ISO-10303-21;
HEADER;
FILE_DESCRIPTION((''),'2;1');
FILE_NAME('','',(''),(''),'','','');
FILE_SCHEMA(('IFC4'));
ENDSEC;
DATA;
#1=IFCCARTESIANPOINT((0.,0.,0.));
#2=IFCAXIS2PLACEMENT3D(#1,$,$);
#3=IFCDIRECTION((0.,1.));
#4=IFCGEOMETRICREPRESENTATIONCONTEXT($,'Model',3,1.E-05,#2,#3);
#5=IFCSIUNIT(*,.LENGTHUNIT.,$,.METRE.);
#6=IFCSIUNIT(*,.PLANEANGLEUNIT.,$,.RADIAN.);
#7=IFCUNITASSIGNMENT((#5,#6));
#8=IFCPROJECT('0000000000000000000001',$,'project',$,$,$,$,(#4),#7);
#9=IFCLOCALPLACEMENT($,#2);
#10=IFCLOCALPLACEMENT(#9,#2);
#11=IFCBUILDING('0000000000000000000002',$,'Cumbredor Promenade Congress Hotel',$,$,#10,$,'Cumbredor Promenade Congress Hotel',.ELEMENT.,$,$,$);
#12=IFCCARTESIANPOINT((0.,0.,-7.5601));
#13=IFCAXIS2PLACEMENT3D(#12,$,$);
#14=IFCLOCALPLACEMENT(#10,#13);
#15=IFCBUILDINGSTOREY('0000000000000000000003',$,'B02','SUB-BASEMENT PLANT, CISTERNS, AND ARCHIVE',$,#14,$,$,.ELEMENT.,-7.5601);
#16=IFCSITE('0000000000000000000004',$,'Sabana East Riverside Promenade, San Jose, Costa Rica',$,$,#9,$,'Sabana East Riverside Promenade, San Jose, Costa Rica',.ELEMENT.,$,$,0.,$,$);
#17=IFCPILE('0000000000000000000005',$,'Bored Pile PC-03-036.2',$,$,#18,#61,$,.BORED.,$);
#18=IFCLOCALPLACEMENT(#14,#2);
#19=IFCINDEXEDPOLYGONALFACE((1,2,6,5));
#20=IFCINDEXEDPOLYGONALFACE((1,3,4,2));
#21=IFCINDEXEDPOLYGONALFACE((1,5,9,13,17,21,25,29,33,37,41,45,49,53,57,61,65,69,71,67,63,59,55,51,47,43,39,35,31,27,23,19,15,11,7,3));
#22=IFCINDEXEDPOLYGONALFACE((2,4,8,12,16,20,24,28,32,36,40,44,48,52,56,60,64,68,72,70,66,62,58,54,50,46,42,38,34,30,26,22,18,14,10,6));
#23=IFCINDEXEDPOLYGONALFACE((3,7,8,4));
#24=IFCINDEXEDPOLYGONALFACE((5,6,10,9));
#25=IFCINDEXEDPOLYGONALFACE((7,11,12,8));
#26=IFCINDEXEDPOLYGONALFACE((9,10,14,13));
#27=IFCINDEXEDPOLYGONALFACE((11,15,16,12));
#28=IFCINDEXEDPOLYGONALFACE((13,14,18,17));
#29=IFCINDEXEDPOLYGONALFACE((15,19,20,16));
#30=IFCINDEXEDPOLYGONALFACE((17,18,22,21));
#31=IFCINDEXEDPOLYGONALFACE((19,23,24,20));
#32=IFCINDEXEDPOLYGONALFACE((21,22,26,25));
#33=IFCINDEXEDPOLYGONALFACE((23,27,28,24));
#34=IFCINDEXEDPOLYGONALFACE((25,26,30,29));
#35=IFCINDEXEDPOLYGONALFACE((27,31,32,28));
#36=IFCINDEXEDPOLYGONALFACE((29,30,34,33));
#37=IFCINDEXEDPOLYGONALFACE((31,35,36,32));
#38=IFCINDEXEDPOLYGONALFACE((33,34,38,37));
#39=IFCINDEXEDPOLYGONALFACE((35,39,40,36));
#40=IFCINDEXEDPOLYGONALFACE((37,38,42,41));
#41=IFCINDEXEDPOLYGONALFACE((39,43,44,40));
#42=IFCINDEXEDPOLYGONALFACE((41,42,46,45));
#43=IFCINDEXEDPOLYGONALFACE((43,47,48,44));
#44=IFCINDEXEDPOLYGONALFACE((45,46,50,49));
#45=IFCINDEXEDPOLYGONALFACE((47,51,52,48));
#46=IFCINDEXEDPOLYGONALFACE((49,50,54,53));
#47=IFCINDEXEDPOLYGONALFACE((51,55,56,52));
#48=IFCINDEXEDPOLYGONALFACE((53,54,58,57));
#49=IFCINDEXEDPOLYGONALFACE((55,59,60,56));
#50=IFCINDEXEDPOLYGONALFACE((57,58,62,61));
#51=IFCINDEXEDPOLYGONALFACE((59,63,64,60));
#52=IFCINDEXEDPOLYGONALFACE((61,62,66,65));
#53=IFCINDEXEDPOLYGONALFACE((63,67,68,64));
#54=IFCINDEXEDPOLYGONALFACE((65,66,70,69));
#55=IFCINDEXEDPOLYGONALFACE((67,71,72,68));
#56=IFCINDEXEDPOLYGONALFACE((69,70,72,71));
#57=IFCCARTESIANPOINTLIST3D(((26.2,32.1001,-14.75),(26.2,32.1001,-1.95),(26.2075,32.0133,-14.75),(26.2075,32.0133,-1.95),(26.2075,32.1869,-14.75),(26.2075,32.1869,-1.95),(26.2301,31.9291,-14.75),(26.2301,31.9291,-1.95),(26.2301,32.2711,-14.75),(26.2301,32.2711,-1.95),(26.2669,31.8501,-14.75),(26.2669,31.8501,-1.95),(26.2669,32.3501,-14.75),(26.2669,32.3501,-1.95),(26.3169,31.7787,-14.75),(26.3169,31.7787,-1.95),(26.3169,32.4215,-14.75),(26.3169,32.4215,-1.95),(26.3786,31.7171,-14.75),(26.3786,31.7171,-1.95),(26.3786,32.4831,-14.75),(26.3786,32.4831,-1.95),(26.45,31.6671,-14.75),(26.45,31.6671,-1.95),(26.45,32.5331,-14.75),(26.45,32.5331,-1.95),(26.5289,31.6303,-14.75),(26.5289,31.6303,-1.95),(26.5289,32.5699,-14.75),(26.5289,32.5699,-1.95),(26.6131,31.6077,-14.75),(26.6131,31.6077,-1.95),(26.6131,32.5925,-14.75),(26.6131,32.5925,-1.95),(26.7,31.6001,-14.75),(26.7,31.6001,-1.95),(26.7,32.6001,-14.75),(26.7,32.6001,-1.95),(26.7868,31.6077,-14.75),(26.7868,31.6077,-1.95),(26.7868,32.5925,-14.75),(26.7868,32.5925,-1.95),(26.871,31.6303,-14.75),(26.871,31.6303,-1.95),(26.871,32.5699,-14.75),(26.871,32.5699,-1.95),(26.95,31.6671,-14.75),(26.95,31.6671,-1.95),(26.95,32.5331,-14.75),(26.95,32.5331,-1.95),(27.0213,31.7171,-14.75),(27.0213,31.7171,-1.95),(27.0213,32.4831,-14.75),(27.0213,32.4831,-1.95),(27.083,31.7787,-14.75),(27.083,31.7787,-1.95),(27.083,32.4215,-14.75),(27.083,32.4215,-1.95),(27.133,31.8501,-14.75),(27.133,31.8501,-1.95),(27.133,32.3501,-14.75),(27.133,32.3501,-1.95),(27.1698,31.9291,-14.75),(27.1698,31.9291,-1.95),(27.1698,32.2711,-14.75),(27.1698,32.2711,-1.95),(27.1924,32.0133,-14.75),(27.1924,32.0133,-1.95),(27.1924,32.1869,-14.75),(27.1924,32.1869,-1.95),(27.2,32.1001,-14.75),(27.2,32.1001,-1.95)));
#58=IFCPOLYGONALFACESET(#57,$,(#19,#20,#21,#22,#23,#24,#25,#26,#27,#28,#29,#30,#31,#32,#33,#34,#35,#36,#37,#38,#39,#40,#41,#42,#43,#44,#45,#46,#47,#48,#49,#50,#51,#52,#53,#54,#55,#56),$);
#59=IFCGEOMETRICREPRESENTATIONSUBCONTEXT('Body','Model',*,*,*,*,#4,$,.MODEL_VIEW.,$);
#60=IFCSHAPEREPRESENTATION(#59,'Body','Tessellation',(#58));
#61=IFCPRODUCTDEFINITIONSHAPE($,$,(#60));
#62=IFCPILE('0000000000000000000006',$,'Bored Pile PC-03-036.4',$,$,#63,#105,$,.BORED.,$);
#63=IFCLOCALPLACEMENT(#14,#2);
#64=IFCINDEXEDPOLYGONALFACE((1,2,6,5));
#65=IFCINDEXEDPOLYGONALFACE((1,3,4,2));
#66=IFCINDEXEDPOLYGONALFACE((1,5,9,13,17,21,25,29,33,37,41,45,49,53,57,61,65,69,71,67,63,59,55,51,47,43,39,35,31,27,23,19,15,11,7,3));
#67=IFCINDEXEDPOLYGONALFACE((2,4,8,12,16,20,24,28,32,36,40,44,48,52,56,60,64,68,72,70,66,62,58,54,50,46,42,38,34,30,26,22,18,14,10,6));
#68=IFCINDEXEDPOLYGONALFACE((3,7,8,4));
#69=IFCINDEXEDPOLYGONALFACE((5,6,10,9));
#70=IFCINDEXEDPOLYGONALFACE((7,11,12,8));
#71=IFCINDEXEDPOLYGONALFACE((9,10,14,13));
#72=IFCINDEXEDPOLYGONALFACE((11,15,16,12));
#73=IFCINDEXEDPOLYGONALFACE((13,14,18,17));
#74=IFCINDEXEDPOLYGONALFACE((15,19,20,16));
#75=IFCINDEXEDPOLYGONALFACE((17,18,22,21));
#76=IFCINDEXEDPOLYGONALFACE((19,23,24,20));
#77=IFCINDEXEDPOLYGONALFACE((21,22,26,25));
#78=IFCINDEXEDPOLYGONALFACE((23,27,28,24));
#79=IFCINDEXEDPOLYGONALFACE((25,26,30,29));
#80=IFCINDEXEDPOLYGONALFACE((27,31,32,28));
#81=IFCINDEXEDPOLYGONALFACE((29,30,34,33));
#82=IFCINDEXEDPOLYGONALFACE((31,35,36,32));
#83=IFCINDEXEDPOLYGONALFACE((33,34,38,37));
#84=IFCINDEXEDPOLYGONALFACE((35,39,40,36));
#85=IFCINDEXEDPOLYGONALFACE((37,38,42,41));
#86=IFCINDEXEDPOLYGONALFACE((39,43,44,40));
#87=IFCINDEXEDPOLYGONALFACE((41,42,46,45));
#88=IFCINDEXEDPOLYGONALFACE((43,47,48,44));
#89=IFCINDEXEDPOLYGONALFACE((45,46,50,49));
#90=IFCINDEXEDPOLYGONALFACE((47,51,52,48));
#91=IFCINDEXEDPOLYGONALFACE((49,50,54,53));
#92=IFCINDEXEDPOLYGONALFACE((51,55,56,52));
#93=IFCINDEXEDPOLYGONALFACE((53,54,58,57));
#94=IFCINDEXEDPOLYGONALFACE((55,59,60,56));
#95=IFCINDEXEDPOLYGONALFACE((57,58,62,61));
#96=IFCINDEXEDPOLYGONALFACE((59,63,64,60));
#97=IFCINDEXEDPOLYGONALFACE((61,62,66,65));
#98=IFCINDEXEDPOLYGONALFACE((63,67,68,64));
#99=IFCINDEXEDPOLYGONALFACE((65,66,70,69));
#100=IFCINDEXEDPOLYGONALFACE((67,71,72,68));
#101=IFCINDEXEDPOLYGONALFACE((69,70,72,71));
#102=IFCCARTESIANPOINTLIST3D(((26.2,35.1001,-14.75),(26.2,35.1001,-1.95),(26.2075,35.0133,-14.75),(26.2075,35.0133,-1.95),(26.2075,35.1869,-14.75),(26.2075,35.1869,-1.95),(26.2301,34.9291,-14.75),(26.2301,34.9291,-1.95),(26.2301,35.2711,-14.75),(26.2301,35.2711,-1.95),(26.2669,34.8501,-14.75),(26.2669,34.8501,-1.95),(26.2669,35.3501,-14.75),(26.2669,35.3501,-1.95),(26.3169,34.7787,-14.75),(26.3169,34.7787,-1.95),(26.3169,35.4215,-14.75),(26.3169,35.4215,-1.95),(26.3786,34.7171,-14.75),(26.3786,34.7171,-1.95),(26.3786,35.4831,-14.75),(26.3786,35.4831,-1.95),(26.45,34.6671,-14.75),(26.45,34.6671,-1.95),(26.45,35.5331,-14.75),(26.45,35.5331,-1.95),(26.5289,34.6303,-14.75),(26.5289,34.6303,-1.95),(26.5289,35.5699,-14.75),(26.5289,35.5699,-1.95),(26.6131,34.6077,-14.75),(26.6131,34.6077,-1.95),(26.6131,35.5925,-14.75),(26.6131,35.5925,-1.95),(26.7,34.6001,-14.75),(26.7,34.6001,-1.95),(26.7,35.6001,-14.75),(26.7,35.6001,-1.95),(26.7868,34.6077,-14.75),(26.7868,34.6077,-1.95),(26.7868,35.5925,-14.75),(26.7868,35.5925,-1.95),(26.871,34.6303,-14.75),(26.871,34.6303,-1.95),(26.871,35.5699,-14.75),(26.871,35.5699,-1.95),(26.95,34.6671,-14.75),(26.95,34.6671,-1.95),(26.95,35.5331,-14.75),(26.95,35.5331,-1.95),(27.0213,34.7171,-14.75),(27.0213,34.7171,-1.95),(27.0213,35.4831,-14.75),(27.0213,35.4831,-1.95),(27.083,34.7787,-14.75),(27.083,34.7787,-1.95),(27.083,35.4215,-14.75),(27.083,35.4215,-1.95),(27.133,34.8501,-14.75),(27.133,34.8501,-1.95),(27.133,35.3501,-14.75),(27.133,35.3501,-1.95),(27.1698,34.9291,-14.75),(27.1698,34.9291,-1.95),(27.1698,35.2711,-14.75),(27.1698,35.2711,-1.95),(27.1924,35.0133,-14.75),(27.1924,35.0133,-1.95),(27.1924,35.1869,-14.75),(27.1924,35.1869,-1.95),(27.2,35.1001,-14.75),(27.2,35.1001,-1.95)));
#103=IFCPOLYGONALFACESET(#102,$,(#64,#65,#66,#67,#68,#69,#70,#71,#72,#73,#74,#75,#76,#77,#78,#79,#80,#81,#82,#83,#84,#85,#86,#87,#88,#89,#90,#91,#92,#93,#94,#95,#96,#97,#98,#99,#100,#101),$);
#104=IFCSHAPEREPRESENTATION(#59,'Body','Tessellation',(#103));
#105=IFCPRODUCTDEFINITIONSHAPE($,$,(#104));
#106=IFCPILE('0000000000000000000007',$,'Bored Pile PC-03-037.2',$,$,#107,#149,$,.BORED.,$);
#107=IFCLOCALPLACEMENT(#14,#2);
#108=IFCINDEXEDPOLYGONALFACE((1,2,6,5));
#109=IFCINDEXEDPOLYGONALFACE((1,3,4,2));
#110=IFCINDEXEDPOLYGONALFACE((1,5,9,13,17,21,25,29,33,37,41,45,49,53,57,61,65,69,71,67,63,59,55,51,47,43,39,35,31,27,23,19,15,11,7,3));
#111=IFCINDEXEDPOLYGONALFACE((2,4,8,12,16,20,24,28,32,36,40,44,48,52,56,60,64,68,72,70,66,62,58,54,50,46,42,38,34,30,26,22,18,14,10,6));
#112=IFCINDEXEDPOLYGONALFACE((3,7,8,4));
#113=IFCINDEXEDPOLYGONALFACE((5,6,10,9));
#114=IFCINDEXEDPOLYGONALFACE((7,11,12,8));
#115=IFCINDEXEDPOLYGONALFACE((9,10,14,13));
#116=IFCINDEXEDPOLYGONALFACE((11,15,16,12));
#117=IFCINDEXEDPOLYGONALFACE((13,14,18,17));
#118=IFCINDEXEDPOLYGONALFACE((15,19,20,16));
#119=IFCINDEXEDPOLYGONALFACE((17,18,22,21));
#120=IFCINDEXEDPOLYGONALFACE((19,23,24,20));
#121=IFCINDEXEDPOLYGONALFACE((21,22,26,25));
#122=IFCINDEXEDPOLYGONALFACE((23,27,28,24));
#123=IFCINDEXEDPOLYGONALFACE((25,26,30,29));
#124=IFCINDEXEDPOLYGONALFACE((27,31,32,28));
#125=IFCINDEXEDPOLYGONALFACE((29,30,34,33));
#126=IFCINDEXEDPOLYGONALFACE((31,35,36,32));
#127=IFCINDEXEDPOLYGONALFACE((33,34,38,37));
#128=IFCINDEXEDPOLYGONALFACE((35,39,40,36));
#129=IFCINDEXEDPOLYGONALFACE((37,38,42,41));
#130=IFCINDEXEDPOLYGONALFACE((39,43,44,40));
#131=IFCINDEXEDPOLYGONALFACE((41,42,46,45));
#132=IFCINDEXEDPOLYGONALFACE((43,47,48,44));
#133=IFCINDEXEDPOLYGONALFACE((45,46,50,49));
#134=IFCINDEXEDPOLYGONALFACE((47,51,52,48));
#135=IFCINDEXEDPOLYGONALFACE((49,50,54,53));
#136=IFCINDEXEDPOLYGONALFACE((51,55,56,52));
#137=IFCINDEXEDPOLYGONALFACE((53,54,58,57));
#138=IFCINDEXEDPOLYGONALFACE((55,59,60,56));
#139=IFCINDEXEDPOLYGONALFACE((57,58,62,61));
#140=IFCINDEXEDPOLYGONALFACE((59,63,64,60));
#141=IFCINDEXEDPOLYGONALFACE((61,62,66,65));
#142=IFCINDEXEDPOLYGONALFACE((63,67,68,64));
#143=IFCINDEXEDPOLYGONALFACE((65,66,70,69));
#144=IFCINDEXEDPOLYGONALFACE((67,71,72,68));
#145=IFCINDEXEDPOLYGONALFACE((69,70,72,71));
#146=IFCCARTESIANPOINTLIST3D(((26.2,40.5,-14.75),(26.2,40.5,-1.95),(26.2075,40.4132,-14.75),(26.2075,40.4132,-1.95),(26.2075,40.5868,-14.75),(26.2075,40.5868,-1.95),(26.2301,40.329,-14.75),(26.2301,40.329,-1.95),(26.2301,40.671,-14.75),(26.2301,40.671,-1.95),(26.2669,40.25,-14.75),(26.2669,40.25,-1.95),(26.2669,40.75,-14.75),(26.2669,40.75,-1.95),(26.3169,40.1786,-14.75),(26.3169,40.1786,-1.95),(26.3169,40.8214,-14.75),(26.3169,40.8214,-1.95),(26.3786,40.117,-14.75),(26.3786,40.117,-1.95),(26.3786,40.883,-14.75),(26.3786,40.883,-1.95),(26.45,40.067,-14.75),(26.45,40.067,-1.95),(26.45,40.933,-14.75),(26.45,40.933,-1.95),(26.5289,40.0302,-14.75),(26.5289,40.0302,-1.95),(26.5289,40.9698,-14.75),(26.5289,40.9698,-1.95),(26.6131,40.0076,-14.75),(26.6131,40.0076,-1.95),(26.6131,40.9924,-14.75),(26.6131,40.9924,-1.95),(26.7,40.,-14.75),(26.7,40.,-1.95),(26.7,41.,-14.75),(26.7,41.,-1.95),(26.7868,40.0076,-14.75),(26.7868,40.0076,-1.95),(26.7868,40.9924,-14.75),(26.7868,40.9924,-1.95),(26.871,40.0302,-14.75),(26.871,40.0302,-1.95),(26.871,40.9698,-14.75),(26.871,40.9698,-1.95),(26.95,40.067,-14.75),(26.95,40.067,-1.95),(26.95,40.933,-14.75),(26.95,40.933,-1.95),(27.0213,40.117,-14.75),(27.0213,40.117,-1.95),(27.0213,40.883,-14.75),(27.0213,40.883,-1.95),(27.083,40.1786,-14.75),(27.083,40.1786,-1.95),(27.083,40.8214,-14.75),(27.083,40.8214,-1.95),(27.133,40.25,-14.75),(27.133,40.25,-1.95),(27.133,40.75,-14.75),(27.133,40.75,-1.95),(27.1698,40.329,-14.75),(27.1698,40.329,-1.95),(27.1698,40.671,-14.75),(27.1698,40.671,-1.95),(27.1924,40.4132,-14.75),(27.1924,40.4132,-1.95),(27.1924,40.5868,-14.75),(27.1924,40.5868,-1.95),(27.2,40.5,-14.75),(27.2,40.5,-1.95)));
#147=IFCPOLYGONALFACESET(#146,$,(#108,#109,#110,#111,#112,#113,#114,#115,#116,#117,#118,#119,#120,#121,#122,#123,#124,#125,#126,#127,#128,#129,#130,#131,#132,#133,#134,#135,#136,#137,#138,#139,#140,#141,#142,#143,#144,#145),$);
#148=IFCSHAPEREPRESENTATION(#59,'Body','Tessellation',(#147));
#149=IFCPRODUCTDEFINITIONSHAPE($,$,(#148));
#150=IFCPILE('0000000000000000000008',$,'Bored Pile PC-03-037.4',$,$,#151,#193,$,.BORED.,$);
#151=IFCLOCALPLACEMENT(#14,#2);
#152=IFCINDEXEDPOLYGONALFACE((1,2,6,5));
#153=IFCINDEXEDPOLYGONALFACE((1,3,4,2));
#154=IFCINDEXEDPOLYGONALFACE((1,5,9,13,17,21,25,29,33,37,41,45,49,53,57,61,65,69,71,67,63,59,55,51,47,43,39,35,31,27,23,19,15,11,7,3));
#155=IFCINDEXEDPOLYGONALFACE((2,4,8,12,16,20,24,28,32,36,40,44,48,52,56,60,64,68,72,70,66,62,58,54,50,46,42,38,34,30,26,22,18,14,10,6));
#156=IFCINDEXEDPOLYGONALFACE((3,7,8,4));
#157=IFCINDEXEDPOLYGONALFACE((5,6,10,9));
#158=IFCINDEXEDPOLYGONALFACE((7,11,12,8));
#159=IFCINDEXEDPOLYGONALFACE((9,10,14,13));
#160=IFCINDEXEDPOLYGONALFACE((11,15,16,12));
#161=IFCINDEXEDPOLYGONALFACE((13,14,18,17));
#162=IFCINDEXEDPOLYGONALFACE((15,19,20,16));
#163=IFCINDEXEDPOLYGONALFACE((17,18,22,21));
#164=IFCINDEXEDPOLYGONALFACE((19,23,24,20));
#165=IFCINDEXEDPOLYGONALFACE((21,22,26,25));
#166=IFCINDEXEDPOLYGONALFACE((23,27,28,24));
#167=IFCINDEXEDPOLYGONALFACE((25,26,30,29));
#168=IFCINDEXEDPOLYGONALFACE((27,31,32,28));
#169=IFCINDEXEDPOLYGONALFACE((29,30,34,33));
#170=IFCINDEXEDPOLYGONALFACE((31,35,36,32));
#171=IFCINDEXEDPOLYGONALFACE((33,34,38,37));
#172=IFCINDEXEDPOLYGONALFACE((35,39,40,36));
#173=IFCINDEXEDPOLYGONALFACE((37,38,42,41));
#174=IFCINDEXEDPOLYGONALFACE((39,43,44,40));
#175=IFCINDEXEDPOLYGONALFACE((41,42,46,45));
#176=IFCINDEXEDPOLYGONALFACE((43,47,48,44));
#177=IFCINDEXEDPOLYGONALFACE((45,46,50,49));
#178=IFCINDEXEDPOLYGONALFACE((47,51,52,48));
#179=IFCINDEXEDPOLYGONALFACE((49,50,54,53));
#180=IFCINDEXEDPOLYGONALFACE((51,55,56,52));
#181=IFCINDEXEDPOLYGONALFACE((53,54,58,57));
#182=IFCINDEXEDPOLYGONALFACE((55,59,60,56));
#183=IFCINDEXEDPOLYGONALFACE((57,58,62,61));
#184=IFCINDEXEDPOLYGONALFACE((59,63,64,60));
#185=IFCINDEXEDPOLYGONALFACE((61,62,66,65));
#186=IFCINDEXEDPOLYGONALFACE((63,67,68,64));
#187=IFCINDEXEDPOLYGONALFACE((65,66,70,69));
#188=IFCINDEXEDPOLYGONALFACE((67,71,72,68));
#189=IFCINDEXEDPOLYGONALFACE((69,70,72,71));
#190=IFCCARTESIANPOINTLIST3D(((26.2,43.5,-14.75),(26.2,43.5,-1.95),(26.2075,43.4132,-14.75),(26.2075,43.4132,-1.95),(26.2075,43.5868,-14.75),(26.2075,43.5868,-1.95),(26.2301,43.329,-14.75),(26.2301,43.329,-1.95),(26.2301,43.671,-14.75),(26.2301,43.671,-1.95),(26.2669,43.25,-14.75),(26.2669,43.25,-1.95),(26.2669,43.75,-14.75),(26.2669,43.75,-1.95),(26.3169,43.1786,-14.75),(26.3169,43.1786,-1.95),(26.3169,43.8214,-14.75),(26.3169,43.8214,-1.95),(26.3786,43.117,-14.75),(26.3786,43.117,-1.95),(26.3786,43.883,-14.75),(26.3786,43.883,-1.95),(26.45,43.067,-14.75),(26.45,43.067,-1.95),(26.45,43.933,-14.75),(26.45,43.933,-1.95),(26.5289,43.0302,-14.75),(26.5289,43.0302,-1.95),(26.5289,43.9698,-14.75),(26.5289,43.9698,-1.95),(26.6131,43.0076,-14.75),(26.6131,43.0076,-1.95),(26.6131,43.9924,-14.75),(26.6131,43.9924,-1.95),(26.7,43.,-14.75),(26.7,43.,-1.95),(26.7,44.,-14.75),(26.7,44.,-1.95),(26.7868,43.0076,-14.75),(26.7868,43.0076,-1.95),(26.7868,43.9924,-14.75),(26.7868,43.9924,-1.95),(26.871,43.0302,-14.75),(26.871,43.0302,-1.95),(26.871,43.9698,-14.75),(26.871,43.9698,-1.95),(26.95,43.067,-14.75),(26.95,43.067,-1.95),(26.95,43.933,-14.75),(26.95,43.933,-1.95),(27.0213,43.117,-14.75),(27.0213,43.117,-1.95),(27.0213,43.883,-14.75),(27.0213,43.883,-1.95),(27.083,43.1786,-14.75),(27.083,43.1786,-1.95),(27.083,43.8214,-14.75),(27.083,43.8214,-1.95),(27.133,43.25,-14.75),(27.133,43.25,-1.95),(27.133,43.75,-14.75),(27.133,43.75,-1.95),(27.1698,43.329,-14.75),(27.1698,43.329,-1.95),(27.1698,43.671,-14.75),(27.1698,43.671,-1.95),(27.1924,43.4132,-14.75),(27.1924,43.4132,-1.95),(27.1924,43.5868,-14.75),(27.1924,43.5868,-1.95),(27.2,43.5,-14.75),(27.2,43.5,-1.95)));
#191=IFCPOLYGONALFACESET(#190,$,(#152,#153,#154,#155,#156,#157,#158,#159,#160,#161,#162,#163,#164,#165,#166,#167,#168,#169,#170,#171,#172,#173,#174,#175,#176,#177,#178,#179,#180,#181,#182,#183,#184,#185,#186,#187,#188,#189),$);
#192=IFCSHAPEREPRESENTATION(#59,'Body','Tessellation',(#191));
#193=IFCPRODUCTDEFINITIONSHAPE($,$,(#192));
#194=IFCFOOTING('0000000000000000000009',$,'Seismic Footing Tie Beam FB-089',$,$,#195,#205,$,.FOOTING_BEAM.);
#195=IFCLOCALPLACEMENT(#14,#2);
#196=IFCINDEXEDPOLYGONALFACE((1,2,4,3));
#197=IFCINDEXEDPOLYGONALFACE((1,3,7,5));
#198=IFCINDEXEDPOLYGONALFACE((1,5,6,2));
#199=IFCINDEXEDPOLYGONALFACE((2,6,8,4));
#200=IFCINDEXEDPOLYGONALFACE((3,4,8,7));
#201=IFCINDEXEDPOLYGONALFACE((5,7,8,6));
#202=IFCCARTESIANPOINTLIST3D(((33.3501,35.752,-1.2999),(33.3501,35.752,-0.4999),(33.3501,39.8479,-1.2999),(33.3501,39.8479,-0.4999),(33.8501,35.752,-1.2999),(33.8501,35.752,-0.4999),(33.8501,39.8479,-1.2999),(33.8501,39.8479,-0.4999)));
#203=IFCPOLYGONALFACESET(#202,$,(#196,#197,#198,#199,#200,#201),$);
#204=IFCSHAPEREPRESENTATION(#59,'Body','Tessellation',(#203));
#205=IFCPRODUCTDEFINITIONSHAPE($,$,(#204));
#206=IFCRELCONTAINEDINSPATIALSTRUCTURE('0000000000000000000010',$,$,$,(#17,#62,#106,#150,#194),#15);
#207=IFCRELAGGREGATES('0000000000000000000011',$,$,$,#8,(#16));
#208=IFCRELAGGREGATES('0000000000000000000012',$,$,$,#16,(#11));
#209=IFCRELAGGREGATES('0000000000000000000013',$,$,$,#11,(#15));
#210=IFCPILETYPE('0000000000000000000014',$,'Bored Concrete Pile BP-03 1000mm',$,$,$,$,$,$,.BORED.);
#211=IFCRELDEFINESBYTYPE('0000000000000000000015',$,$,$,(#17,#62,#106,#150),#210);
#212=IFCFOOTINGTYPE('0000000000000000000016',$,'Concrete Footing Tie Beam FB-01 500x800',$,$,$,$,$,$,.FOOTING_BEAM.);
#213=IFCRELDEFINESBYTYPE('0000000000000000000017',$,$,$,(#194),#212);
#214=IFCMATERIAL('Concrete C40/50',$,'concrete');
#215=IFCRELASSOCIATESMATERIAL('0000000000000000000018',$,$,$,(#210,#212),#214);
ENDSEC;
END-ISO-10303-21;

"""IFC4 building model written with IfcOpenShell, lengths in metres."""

from ifc_helpers import new_model, si_unit, direction, frame, origin, origin_2d, place, context, subcontext, project, spatial, rectangle, circle, extrude, material, material_profile, profile_set, type_object, element, save


model = new_model("IFC4")

# Units and contexts
model_context = context("Model", 3, precision=1e-05, world=origin(), true_north=direction((0.0, 1.0)))
body_context = subcontext(model_context, "Body", "Model", "MODEL_VIEW")
ifc_project = project(units=[si_unit("LENGTHUNIT", "METRE"), si_unit("PLANEANGLEUNIT", "RADIAN")], contexts=[model_context])

# Site, building, storey
site_placement = place(None, origin())
site = spatial("IfcSite", under=ifc_project, at=site_placement, Name="Sabana East Riverside Promenade, San Jose, Costa Rica", LongName="Sabana East Riverside Promenade, San Jose, Costa Rica", CompositionType="ELEMENT", RefElevation=0.0)
building_placement = place(site_placement, origin())
building = spatial("IfcBuilding", under=site, at=building_placement, Name="Cumbredor Promenade Congress Hotel", LongName="Cumbredor Promenade Congress Hotel", CompositionType="ELEMENT")
storey_placement = place(building_placement, frame((0.0, 0.0, -7.5601)))
storey = spatial("IfcBuildingStorey", under=building, at=storey_placement, Name="B02", Description="SUB-BASEMENT PLANT, CISTERNS, AND ARCHIVE", CompositionType="ELEMENT", Elevation=-7.5601)

# Piles
ifc_material_1 = material(Name="Concrete C40/50", Category="concrete")
ifc_material_profile_1 = material_profile(ifc_material_1, circle(Radius=0.5, at=origin_2d()), Name="PILE D1000")
ifc_profile_set_1 = profile_set([ifc_material_profile_1], Name="Concrete C40/50")
pile_type_1 = type_object("IfcPileType", Name="Bored Concrete Pile BP-03 1000mm", PredefinedType="BORED", material=ifc_profile_set_1)
for number, where, z_axis, x_axis, name in (
    (1, (26.7, 32.1001, -1.95), (0.0, 0.0, -1.0), (1.0, 0.0, 0.0), "Bored Pile PC-03-036.2"),
    (2, (26.7, 35.1001, -1.95), (0.0, 0.0, -1.0), (1.0, 0.0, 0.0), "Bored Pile PC-03-036.4"),
    (3, (26.7, 40.5, -1.95), (0.0, 0.0, -1.0), (1.0, 0.0, 0.0), "Bored Pile PC-03-037.2"),
    (4, (26.7, 43.5, -1.95), (0.0, 0.0, -1.0), (1.0, 0.0, 0.0), "Bored Pile PC-03-037.4"),
):
    element("IfcPile", number, at=place(storey_placement, frame(where, z_axis=z_axis, x_axis=x_axis)), inside=storey, type_object=pile_type_1, Name=name, PredefinedType="BORED", context=body_context, shape_type="SweptSolid", body=[
        extrude(circle(Radius=0.5, at=origin_2d()), origin(), (0.0, 0.0, 1.0), 12.8),
    ])

# Footing
ifc_material_profile_2 = material_profile(ifc_material_1, rectangle(XDim=0.5, YDim=0.8, at=origin_2d()), Name="FB 500x800")
ifc_profile_set_2 = profile_set([ifc_material_profile_2], Name="Concrete C40/50")
footing_type_1 = type_object("IfcFootingType", Name="Concrete Footing Tie Beam FB-01 500x800", PredefinedType="FOOTING_BEAM", material=ifc_profile_set_2)
footing_1_placement = place(storey_placement, frame((33.6001, 35.752, -0.8999), z_axis=(0.0, 1.0, 0.0), x_axis=(-1.0, 0.0, 0.0)))
element("IfcFooting", 5, at=footing_1_placement, inside=storey, type_object=footing_type_1, Name="Seismic Footing Tie Beam FB-089", PredefinedType="FOOTING_BEAM", context=body_context, shape_type="SweptSolid", body=[
    extrude(rectangle(XDim=0.5, YDim=0.8, at=origin_2d()), origin(), (0.0, 0.0, 1.0), 4.0959),
])

save(model, "model.ifc")
